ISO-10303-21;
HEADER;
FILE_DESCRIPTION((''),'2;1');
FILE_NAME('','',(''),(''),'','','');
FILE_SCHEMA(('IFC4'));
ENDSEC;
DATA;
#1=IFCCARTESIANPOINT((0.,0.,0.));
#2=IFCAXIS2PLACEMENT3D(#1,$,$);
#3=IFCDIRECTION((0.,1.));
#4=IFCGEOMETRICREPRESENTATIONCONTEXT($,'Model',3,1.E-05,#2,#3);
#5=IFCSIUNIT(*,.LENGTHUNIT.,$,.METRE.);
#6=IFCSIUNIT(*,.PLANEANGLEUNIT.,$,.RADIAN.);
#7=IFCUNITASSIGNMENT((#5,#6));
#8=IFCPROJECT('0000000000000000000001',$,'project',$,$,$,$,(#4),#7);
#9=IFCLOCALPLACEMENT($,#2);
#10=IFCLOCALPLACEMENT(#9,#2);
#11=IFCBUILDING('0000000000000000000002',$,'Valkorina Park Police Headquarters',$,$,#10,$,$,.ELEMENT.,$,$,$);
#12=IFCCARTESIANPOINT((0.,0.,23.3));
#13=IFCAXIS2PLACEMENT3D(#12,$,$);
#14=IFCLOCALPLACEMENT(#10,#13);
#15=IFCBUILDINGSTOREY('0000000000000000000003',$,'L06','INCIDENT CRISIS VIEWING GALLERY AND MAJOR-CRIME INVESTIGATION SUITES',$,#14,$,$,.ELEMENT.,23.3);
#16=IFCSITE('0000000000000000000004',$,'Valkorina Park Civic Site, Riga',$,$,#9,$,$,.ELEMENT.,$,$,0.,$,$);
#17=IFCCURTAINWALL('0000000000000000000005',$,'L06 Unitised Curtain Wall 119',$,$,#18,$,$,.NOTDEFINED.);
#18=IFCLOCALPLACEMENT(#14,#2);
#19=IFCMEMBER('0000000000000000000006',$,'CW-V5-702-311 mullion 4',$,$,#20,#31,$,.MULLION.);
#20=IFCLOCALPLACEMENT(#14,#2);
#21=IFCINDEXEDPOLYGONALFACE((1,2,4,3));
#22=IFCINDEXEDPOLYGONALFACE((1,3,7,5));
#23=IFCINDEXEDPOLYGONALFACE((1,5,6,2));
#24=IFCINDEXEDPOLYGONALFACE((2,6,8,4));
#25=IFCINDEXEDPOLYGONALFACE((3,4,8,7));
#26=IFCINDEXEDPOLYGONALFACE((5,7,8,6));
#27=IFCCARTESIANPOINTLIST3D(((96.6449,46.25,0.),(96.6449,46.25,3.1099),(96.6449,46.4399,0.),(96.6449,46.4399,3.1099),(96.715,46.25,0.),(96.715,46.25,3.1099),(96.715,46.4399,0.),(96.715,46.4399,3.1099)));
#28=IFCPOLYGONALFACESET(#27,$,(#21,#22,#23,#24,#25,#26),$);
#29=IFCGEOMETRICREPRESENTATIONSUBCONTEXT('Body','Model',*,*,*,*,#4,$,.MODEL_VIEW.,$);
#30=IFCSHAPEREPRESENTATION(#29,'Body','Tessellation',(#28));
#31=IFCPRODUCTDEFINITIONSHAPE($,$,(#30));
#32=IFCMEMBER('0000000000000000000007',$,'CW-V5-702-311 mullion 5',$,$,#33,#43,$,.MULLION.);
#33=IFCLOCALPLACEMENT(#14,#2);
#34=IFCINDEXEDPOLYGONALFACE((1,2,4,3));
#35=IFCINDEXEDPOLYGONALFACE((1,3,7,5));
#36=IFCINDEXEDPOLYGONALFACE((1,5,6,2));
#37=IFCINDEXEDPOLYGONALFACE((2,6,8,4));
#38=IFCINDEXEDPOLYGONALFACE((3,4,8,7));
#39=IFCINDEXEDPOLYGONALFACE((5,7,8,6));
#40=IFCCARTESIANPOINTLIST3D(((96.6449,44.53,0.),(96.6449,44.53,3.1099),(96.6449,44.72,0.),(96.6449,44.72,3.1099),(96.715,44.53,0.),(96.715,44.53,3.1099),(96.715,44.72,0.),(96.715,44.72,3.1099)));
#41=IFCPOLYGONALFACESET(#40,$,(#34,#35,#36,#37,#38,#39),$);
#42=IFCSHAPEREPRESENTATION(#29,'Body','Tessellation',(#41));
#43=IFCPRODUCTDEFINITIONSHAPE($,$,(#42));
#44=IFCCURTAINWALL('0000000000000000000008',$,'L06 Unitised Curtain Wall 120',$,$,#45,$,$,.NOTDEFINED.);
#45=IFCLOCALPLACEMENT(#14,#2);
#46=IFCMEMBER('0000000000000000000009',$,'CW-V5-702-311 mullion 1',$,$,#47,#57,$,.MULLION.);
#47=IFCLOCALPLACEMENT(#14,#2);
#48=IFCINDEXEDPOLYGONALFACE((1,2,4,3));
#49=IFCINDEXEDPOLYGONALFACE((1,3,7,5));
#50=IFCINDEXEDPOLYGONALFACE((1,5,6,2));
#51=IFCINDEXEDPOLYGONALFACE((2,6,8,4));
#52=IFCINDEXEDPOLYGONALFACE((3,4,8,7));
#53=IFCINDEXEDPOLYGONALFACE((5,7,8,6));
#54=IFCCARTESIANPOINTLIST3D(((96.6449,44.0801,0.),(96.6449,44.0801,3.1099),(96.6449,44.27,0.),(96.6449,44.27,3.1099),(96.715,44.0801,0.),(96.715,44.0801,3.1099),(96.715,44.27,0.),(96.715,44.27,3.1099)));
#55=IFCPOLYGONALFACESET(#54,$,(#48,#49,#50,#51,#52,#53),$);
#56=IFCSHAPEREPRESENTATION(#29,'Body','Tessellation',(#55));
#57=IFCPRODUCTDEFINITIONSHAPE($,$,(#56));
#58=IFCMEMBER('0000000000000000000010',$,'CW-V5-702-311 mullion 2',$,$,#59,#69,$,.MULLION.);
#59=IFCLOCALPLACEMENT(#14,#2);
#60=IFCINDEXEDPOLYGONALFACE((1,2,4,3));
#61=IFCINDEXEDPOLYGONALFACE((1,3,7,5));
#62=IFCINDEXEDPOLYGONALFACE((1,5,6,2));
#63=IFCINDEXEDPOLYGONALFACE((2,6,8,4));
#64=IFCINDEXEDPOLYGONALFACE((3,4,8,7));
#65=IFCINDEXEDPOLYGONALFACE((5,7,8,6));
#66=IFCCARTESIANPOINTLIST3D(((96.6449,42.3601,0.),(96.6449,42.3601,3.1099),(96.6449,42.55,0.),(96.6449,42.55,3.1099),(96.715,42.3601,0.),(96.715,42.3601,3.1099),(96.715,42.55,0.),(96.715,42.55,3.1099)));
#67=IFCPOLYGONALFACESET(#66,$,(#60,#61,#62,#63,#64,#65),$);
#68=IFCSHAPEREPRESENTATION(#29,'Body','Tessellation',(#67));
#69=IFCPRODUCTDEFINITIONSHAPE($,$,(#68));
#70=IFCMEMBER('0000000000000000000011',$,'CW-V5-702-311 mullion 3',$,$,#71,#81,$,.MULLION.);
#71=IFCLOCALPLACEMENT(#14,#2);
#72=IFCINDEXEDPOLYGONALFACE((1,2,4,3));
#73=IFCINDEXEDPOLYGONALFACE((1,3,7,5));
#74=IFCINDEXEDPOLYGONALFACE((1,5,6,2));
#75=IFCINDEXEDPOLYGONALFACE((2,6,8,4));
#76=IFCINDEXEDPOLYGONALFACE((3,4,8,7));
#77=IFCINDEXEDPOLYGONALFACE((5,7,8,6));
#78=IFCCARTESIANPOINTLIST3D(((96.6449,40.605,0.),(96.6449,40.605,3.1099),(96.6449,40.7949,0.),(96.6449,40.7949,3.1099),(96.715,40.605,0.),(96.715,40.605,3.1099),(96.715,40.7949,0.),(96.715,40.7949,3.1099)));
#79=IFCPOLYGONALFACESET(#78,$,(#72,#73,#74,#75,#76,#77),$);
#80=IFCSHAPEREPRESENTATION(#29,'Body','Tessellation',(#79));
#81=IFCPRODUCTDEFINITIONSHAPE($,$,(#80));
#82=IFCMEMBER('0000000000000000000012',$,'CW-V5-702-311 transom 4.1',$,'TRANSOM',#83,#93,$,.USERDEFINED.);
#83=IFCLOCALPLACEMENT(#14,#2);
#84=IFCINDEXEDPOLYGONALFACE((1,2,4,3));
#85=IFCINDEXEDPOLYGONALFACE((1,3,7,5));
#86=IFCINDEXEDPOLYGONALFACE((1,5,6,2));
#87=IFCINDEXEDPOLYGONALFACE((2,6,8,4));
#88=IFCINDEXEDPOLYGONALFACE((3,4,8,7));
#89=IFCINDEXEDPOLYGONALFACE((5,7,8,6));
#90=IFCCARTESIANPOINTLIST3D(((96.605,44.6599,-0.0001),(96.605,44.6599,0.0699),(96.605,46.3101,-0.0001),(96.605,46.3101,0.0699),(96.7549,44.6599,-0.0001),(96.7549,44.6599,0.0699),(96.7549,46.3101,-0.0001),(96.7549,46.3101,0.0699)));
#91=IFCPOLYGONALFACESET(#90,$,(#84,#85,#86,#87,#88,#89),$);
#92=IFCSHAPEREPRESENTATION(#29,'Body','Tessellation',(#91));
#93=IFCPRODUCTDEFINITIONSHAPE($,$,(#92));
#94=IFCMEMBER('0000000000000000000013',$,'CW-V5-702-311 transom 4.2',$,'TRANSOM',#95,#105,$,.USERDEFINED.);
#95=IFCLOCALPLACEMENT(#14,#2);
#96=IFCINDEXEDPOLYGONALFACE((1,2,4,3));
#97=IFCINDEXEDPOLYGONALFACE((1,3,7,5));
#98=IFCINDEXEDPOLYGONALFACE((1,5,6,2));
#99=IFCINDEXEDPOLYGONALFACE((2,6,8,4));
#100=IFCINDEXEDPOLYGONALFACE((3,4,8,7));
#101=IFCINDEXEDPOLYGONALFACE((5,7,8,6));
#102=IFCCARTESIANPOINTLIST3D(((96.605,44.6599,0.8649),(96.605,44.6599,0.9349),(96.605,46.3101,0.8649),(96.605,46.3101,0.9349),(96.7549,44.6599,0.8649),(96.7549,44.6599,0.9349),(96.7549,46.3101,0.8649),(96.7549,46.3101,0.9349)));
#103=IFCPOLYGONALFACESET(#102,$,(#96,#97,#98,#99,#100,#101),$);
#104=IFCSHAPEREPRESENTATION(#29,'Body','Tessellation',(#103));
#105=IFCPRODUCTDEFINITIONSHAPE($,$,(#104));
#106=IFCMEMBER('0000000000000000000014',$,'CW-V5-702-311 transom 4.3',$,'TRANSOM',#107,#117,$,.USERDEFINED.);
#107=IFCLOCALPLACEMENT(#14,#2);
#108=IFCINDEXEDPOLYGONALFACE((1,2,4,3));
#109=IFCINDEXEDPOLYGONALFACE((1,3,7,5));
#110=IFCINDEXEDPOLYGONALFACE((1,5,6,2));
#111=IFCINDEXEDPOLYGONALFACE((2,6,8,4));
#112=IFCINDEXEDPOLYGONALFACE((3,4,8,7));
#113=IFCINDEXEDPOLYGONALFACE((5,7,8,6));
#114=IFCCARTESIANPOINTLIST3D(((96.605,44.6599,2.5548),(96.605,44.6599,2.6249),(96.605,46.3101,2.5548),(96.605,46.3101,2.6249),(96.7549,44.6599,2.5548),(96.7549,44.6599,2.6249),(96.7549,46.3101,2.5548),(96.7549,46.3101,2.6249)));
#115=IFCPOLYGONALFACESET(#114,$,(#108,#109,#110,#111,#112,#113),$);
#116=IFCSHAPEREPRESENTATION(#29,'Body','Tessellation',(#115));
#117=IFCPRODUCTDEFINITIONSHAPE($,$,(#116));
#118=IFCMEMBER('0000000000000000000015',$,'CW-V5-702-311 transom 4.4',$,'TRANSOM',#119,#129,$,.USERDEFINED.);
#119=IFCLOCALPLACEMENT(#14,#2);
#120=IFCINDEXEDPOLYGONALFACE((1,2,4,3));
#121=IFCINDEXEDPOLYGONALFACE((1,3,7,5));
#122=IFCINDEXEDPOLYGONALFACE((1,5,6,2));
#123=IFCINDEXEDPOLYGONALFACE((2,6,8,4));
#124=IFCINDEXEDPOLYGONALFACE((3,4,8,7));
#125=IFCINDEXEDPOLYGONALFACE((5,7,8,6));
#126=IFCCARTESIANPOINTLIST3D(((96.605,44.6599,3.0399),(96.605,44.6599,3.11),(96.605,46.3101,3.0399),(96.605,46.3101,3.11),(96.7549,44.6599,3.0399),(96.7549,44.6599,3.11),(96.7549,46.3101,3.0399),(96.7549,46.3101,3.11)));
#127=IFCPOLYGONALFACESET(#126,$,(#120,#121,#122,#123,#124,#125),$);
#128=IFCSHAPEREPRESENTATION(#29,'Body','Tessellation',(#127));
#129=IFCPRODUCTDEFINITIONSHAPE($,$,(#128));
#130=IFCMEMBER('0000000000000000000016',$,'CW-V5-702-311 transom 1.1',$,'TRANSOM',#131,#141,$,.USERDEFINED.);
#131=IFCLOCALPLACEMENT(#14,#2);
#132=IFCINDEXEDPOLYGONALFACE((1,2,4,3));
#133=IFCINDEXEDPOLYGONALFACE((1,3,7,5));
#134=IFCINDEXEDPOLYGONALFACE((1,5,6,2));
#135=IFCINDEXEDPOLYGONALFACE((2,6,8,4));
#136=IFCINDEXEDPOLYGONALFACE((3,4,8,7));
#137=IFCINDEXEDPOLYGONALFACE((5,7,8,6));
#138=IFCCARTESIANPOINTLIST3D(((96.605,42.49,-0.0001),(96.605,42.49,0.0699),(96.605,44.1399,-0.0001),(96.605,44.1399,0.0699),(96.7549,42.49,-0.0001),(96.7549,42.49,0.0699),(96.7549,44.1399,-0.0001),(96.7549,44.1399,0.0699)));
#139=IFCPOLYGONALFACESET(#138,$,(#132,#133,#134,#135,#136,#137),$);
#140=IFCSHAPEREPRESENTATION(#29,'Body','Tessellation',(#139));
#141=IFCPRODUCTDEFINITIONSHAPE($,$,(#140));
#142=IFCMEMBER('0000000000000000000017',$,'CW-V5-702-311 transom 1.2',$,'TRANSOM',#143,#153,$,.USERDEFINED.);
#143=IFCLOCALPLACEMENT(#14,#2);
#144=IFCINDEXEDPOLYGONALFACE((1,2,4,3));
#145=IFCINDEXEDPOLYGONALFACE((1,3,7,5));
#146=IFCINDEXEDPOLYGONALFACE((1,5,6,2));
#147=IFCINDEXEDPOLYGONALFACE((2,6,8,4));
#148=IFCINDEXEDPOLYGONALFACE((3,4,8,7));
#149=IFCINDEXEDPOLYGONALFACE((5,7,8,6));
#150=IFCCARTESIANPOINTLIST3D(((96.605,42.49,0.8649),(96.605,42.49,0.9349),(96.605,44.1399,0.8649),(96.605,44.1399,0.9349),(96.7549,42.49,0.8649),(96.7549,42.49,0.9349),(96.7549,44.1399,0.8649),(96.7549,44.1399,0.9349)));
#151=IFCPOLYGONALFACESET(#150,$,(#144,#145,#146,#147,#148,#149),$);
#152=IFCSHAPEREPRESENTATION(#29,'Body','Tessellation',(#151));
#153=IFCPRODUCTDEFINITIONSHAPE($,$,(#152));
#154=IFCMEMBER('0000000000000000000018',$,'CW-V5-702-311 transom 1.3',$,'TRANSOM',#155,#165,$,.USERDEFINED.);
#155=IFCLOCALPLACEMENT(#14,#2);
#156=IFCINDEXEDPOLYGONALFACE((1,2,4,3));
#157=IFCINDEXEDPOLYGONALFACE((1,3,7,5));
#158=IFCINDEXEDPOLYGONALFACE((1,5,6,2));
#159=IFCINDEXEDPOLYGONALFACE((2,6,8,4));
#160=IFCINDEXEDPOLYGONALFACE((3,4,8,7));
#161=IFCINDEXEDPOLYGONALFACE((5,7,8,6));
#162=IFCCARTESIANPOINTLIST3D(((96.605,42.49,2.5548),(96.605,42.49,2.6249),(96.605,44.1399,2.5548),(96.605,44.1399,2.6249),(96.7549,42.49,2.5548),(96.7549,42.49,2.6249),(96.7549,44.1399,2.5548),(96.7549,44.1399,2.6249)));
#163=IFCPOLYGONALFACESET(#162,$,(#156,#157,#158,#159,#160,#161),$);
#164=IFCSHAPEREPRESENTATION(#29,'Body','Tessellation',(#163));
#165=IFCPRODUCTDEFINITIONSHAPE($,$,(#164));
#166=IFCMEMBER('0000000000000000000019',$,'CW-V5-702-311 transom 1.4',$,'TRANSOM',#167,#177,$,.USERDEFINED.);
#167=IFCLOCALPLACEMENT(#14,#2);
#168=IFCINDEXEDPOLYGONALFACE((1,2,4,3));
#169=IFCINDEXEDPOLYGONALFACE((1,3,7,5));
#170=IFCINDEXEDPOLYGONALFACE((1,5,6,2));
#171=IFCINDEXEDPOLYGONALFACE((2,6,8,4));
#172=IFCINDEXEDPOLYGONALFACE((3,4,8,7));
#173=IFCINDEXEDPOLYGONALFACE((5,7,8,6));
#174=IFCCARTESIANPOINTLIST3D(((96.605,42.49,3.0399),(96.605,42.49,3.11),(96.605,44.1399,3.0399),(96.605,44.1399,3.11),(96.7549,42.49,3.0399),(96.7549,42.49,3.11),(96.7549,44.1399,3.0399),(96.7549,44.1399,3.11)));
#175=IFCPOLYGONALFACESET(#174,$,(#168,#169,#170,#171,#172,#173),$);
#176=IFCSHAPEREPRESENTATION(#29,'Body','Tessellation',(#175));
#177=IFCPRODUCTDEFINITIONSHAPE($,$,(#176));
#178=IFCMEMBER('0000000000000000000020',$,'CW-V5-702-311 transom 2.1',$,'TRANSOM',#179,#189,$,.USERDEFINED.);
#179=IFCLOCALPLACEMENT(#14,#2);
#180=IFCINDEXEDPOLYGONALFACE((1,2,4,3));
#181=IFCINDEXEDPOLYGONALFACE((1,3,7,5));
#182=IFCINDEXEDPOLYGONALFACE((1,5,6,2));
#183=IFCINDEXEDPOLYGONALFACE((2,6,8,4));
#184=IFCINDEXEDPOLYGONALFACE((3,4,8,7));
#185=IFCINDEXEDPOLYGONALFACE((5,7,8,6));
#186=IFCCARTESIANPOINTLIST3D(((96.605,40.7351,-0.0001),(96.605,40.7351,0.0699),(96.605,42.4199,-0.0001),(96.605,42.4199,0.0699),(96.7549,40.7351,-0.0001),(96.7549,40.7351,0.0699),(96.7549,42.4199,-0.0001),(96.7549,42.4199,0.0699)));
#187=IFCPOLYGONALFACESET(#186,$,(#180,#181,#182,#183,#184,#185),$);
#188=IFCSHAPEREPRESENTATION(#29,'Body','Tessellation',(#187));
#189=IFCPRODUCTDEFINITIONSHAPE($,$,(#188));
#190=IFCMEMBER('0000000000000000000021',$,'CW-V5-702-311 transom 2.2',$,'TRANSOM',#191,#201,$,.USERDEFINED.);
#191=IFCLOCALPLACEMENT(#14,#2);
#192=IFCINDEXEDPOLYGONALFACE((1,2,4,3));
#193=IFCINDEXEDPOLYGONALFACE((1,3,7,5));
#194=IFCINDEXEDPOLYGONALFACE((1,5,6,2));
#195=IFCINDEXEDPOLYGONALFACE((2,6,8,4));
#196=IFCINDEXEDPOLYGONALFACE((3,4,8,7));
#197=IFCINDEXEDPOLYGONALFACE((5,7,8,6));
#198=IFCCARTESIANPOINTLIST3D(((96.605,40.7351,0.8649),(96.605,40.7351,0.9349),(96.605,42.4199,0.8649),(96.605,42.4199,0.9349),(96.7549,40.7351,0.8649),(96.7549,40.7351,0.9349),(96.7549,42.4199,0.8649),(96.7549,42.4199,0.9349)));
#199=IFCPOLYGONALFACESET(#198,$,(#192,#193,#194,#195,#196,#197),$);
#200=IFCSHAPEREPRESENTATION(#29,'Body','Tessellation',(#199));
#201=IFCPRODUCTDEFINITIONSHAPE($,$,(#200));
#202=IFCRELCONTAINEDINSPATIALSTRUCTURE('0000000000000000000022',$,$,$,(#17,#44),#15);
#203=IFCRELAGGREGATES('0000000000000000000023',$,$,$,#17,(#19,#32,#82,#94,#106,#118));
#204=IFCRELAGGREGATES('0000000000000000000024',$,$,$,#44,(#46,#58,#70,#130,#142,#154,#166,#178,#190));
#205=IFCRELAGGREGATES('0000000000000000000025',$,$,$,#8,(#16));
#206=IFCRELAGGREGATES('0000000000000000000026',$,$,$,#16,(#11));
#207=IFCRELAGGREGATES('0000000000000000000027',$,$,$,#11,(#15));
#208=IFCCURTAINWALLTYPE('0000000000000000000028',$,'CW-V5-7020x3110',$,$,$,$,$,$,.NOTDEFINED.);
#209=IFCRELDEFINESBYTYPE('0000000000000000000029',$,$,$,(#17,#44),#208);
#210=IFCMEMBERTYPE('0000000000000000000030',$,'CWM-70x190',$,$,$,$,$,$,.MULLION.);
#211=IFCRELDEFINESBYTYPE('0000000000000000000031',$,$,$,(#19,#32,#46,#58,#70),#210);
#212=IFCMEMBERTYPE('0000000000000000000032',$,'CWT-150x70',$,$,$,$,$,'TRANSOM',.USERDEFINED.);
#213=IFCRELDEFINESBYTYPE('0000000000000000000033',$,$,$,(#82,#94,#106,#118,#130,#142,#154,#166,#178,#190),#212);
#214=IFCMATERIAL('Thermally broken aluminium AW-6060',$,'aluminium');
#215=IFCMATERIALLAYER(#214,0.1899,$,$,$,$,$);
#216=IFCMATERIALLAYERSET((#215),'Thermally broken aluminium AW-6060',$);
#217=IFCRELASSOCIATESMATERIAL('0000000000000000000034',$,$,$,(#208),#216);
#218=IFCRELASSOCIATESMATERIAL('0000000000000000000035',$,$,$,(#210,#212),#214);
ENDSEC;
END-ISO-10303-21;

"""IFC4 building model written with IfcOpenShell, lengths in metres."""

from ifc_helpers import new_model, si_unit, direction, frame, origin, origin_2d, place, context, subcontext, project, spatial, rectangle, extrude, material, layer, layer_set, material_profile, profile_set, type_object, element, aggregate, save


model = new_model("IFC4")

# Units and contexts
model_context = context("Model", 3, precision=1e-05, world=origin(), true_north=direction((0.0, 1.0)))
body_context = subcontext(model_context, "Body", "Model", "MODEL_VIEW")
ifc_project = project(units=[si_unit("LENGTHUNIT", "METRE"), si_unit("PLANEANGLEUNIT", "RADIAN")], contexts=[model_context])

# Site, building, storey
site_placement = place(None, origin())
site = spatial("IfcSite", under=ifc_project, at=site_placement, Name="Valkorina Park Civic Site, Riga", CompositionType="ELEMENT", RefElevation=0.0)
building_placement = place(site_placement, origin())
building = spatial("IfcBuilding", under=site, at=building_placement, Name="Valkorina Park Police Headquarters", CompositionType="ELEMENT")
storey_placement = place(building_placement, frame((0.0, 0.0, 23.3)))
storey = spatial("IfcBuildingStorey", under=building, at=storey_placement, Name="L06", Description="INCIDENT CRISIS VIEWING GALLERY AND MAJOR-CRIME INVESTIGATION SUITES", CompositionType="ELEMENT", Elevation=23.3)

# Curtain walls, members
ifc_material_1 = material(Name="Thermally broken aluminium AW-6060", Category="aluminium")
ifc_layer_1 = layer(ifc_material_1, 0.1899)
ifc_layer_set_1 = layer_set([ifc_layer_1], Name="Thermally broken aluminium AW-6060")
curtain_wall_type = type_object("IfcCurtainWallType", Name="CW-V5-7020x3110", PredefinedType="NOTDEFINED", material=ifc_layer_set_1)
curtain_wall_1_placement = place(storey_placement, origin())
curtain_wall_1 = element("IfcCurtainWall", 1, at=curtain_wall_1_placement, inside=storey, type_object=curtain_wall_type, Name="L06 Unitised Curtain Wall 119", PredefinedType="NOTDEFINED")
ifc_material_profile_1 = material_profile(ifc_material_1, rectangle(XDim=0.0701, YDim=0.1899, at=origin_2d()), Name="CWM-02 70x190")
ifc_profile_set_1 = profile_set([ifc_material_profile_1], Name="Thermally broken aluminium AW-6060")
member_type_1 = type_object("IfcMemberType", Name="CWM-70x190", PredefinedType="MULLION", material=ifc_profile_set_1)
member_1_placement = place(storey_placement, frame((96.6799, 46.345, 0.0), z_axis=(0.0, 0.0, 1.0), x_axis=(1.0, 0.0, 0.0)))
member_1 = element("IfcMember", 2, at=member_1_placement, type_object=member_type_1, Name="CW-V5-702-311 mullion 4", PredefinedType="MULLION", context=body_context, shape_type="SweptSolid", body=[
    extrude(rectangle(XDim=0.0701, YDim=0.1899, at=origin_2d()), origin(), (0.0, 0.0, 1.0), 3.1099),
])
member_2_placement = place(storey_placement, frame((96.6799, 44.625, 0.0), z_axis=(0.0, 0.0, 1.0), x_axis=(1.0, 0.0, 0.0)))
member_2 = element("IfcMember", 3, at=member_2_placement, type_object=member_type_1, Name="CW-V5-702-311 mullion 5", PredefinedType="MULLION", context=body_context, shape_type="SweptSolid", body=[
    extrude(rectangle(XDim=0.0701, YDim=0.1899, at=origin_2d()), origin(), (0.0, 0.0, 1.0), 3.1099),
])
curtain_wall_2_placement = place(storey_placement, origin())
curtain_wall_2 = element("IfcCurtainWall", 4, at=curtain_wall_2_placement, inside=storey, type_object=curtain_wall_type, Name="L06 Unitised Curtain Wall 120", PredefinedType="NOTDEFINED")
member_3_placement = place(storey_placement, frame((96.6799, 44.175, 0.0), z_axis=(0.0, 0.0, 1.0), x_axis=(1.0, 0.0, 0.0)))
member_3 = element("IfcMember", 5, at=member_3_placement, type_object=member_type_1, Name="CW-V5-702-311 mullion 1", PredefinedType="MULLION", context=body_context, shape_type="SweptSolid", body=[
    extrude(rectangle(XDim=0.0701, YDim=0.1899, at=origin_2d()), origin(), (0.0, 0.0, 1.0), 3.1099),
])
member_4_placement = place(storey_placement, frame((96.6799, 42.4551, 0.0), z_axis=(0.0, 0.0, 1.0), x_axis=(1.0, 0.0, 0.0)))
member_4 = element("IfcMember", 6, at=member_4_placement, type_object=member_type_1, Name="CW-V5-702-311 mullion 2", PredefinedType="MULLION", context=body_context, shape_type="SweptSolid", body=[
    extrude(rectangle(XDim=0.0701, YDim=0.1899, at=origin_2d()), origin(), (0.0, 0.0, 1.0), 3.1099),
])
member_5_placement = place(storey_placement, frame((96.6799, 40.7, 0.0), z_axis=(0.0, 0.0, 1.0), x_axis=(1.0, 0.0, 0.0)))
member_5 = element("IfcMember", 7, at=member_5_placement, type_object=member_type_1, Name="CW-V5-702-311 mullion 3", PredefinedType="MULLION", context=body_context, shape_type="SweptSolid", body=[
    extrude(rectangle(XDim=0.0701, YDim=0.1899, at=origin_2d()), origin(), (0.0, 0.0, 1.0), 3.1099),
])

# Members
ifc_material_profile_2 = material_profile(ifc_material_1, rectangle(XDim=0.1499, YDim=0.0701, at=origin_2d()), Name="CWT-02 150x70")
ifc_profile_set_2 = profile_set([ifc_material_profile_2], Name="Thermally broken aluminium AW-6060")
member_type_2 = type_object("IfcMemberType", Name="CWT-150x70", ElementType="TRANSOM", PredefinedType="USERDEFINED", material=ifc_profile_set_2)
member_6_placement = place(storey_placement, frame((96.6799, 46.3101, 0.0349), z_axis=(0.0, -1.0, 0.0), x_axis=(1.0, 0.0, 0.0)))
member_6 = element("IfcMember", 8, at=member_6_placement, type_object=member_type_2, Name="CW-V5-702-311 transom 4.1", ObjectType="TRANSOM", PredefinedType="USERDEFINED", context=body_context, shape_type="SweptSolid", body=[
    extrude(rectangle(XDim=0.1499, YDim=0.0701, at=origin_2d()), origin(), (0.0, 0.0, 1.0), 1.6501),
])
member_7_placement = place(storey_placement, frame((96.6799, 46.3101, 0.8999), z_axis=(0.0, -1.0, 0.0), x_axis=(1.0, 0.0, 0.0)))
member_7 = element("IfcMember", 9, at=member_7_placement, type_object=member_type_2, Name="CW-V5-702-311 transom 4.2", ObjectType="TRANSOM", PredefinedType="USERDEFINED", context=body_context, shape_type="SweptSolid", body=[
    extrude(rectangle(XDim=0.1499, YDim=0.0701, at=origin_2d()), origin(), (0.0, 0.0, 1.0), 1.6501),
])
member_8_placement = place(storey_placement, frame((96.6799, 46.3101, 2.5898), z_axis=(0.0, -1.0, 0.0), x_axis=(1.0, 0.0, 0.0)))
member_8 = element("IfcMember", 10, at=member_8_placement, type_object=member_type_2, Name="CW-V5-702-311 transom 4.3", ObjectType="TRANSOM", PredefinedType="USERDEFINED", context=body_context, shape_type="SweptSolid", body=[
    extrude(rectangle(XDim=0.1499, YDim=0.0701, at=origin_2d()), origin(), (0.0, 0.0, 1.0), 1.6501),
])
member_9_placement = place(storey_placement, frame((96.6799, 46.3101, 3.075), z_axis=(0.0, -1.0, 0.0), x_axis=(1.0, 0.0, 0.0)))
member_9 = element("IfcMember", 11, at=member_9_placement, type_object=member_type_2, Name="CW-V5-702-311 transom 4.4", ObjectType="TRANSOM", PredefinedType="USERDEFINED", context=body_context, shape_type="SweptSolid", body=[
    extrude(rectangle(XDim=0.1499, YDim=0.0701, at=origin_2d()), origin(), (0.0, 0.0, 1.0), 1.6501),
])
member_10_placement = place(storey_placement, frame((96.6799, 44.1399, 0.0349), z_axis=(0.0, -1.0, 0.0), x_axis=(1.0, 0.0, 0.0)))
member_10 = element("IfcMember", 12, at=member_10_placement, type_object=member_type_2, Name="CW-V5-702-311 transom 1.1", ObjectType="TRANSOM", PredefinedType="USERDEFINED", context=body_context, shape_type="SweptSolid", body=[
    extrude(rectangle(XDim=0.1499, YDim=0.0701, at=origin_2d()), origin(), (0.0, 0.0, 1.0), 1.6499),
])
member_11_placement = place(storey_placement, frame((96.6799, 44.1399, 0.8999), z_axis=(0.0, -1.0, 0.0), x_axis=(1.0, 0.0, 0.0)))
member_11 = element("IfcMember", 13, at=member_11_placement, type_object=member_type_2, Name="CW-V5-702-311 transom 1.2", ObjectType="TRANSOM", PredefinedType="USERDEFINED", context=body_context, shape_type="SweptSolid", body=[
    extrude(rectangle(XDim=0.1499, YDim=0.0701, at=origin_2d()), origin(), (0.0, 0.0, 1.0), 1.6499),
])
member_12_placement = place(storey_placement, frame((96.6799, 44.1399, 2.5898), z_axis=(0.0, -1.0, 0.0), x_axis=(1.0, 0.0, 0.0)))
member_12 = element("IfcMember", 14, at=member_12_placement, type_object=member_type_2, Name="CW-V5-702-311 transom 1.3", ObjectType="TRANSOM", PredefinedType="USERDEFINED", context=body_context, shape_type="SweptSolid", body=[
    extrude(rectangle(XDim=0.1499, YDim=0.0701, at=origin_2d()), origin(), (0.0, 0.0, 1.0), 1.6499),
])
member_13_placement = place(storey_placement, frame((96.6799, 44.1399, 3.075), z_axis=(0.0, -1.0, 0.0), x_axis=(1.0, 0.0, 0.0)))
member_13 = element("IfcMember", 15, at=member_13_placement, type_object=member_type_2, Name="CW-V5-702-311 transom 1.4", ObjectType="TRANSOM", PredefinedType="USERDEFINED", context=body_context, shape_type="SweptSolid", body=[
    extrude(rectangle(XDim=0.1499, YDim=0.0701, at=origin_2d()), origin(), (0.0, 0.0, 1.0), 1.6499),
])
member_14_placement = place(storey_placement, frame((96.6799, 42.4199, 0.0349), z_axis=(0.0, -1.0, 0.0), x_axis=(1.0, 0.0, 0.0)))
member_14 = element("IfcMember", 16, at=member_14_placement, type_object=member_type_2, Name="CW-V5-702-311 transom 2.1", ObjectType="TRANSOM", PredefinedType="USERDEFINED", context=body_context, shape_type="SweptSolid", body=[
    extrude(rectangle(XDim=0.1499, YDim=0.0701, at=origin_2d()), origin(), (0.0, 0.0, 1.0), 1.6848),
])
member_15_placement = place(storey_placement, frame((96.6799, 42.4199, 0.8999), z_axis=(0.0, -1.0, 0.0), x_axis=(1.0, 0.0, 0.0)))
member_15 = element("IfcMember", 17, at=member_15_placement, type_object=member_type_2, Name="CW-V5-702-311 transom 2.2", ObjectType="TRANSOM", PredefinedType="USERDEFINED", context=body_context, shape_type="SweptSolid", body=[
    extrude(rectangle(XDim=0.1499, YDim=0.0701, at=origin_2d()), origin(), (0.0, 0.0, 1.0), 1.6848),
])

aggregate(curtain_wall_1, [member_1, member_2, member_6, member_7, member_8, member_9])
aggregate(curtain_wall_2, [member_3, member_4, member_5, member_10, member_11, member_12, member_13, member_14, member_15])

save(model, "model.ifc")
